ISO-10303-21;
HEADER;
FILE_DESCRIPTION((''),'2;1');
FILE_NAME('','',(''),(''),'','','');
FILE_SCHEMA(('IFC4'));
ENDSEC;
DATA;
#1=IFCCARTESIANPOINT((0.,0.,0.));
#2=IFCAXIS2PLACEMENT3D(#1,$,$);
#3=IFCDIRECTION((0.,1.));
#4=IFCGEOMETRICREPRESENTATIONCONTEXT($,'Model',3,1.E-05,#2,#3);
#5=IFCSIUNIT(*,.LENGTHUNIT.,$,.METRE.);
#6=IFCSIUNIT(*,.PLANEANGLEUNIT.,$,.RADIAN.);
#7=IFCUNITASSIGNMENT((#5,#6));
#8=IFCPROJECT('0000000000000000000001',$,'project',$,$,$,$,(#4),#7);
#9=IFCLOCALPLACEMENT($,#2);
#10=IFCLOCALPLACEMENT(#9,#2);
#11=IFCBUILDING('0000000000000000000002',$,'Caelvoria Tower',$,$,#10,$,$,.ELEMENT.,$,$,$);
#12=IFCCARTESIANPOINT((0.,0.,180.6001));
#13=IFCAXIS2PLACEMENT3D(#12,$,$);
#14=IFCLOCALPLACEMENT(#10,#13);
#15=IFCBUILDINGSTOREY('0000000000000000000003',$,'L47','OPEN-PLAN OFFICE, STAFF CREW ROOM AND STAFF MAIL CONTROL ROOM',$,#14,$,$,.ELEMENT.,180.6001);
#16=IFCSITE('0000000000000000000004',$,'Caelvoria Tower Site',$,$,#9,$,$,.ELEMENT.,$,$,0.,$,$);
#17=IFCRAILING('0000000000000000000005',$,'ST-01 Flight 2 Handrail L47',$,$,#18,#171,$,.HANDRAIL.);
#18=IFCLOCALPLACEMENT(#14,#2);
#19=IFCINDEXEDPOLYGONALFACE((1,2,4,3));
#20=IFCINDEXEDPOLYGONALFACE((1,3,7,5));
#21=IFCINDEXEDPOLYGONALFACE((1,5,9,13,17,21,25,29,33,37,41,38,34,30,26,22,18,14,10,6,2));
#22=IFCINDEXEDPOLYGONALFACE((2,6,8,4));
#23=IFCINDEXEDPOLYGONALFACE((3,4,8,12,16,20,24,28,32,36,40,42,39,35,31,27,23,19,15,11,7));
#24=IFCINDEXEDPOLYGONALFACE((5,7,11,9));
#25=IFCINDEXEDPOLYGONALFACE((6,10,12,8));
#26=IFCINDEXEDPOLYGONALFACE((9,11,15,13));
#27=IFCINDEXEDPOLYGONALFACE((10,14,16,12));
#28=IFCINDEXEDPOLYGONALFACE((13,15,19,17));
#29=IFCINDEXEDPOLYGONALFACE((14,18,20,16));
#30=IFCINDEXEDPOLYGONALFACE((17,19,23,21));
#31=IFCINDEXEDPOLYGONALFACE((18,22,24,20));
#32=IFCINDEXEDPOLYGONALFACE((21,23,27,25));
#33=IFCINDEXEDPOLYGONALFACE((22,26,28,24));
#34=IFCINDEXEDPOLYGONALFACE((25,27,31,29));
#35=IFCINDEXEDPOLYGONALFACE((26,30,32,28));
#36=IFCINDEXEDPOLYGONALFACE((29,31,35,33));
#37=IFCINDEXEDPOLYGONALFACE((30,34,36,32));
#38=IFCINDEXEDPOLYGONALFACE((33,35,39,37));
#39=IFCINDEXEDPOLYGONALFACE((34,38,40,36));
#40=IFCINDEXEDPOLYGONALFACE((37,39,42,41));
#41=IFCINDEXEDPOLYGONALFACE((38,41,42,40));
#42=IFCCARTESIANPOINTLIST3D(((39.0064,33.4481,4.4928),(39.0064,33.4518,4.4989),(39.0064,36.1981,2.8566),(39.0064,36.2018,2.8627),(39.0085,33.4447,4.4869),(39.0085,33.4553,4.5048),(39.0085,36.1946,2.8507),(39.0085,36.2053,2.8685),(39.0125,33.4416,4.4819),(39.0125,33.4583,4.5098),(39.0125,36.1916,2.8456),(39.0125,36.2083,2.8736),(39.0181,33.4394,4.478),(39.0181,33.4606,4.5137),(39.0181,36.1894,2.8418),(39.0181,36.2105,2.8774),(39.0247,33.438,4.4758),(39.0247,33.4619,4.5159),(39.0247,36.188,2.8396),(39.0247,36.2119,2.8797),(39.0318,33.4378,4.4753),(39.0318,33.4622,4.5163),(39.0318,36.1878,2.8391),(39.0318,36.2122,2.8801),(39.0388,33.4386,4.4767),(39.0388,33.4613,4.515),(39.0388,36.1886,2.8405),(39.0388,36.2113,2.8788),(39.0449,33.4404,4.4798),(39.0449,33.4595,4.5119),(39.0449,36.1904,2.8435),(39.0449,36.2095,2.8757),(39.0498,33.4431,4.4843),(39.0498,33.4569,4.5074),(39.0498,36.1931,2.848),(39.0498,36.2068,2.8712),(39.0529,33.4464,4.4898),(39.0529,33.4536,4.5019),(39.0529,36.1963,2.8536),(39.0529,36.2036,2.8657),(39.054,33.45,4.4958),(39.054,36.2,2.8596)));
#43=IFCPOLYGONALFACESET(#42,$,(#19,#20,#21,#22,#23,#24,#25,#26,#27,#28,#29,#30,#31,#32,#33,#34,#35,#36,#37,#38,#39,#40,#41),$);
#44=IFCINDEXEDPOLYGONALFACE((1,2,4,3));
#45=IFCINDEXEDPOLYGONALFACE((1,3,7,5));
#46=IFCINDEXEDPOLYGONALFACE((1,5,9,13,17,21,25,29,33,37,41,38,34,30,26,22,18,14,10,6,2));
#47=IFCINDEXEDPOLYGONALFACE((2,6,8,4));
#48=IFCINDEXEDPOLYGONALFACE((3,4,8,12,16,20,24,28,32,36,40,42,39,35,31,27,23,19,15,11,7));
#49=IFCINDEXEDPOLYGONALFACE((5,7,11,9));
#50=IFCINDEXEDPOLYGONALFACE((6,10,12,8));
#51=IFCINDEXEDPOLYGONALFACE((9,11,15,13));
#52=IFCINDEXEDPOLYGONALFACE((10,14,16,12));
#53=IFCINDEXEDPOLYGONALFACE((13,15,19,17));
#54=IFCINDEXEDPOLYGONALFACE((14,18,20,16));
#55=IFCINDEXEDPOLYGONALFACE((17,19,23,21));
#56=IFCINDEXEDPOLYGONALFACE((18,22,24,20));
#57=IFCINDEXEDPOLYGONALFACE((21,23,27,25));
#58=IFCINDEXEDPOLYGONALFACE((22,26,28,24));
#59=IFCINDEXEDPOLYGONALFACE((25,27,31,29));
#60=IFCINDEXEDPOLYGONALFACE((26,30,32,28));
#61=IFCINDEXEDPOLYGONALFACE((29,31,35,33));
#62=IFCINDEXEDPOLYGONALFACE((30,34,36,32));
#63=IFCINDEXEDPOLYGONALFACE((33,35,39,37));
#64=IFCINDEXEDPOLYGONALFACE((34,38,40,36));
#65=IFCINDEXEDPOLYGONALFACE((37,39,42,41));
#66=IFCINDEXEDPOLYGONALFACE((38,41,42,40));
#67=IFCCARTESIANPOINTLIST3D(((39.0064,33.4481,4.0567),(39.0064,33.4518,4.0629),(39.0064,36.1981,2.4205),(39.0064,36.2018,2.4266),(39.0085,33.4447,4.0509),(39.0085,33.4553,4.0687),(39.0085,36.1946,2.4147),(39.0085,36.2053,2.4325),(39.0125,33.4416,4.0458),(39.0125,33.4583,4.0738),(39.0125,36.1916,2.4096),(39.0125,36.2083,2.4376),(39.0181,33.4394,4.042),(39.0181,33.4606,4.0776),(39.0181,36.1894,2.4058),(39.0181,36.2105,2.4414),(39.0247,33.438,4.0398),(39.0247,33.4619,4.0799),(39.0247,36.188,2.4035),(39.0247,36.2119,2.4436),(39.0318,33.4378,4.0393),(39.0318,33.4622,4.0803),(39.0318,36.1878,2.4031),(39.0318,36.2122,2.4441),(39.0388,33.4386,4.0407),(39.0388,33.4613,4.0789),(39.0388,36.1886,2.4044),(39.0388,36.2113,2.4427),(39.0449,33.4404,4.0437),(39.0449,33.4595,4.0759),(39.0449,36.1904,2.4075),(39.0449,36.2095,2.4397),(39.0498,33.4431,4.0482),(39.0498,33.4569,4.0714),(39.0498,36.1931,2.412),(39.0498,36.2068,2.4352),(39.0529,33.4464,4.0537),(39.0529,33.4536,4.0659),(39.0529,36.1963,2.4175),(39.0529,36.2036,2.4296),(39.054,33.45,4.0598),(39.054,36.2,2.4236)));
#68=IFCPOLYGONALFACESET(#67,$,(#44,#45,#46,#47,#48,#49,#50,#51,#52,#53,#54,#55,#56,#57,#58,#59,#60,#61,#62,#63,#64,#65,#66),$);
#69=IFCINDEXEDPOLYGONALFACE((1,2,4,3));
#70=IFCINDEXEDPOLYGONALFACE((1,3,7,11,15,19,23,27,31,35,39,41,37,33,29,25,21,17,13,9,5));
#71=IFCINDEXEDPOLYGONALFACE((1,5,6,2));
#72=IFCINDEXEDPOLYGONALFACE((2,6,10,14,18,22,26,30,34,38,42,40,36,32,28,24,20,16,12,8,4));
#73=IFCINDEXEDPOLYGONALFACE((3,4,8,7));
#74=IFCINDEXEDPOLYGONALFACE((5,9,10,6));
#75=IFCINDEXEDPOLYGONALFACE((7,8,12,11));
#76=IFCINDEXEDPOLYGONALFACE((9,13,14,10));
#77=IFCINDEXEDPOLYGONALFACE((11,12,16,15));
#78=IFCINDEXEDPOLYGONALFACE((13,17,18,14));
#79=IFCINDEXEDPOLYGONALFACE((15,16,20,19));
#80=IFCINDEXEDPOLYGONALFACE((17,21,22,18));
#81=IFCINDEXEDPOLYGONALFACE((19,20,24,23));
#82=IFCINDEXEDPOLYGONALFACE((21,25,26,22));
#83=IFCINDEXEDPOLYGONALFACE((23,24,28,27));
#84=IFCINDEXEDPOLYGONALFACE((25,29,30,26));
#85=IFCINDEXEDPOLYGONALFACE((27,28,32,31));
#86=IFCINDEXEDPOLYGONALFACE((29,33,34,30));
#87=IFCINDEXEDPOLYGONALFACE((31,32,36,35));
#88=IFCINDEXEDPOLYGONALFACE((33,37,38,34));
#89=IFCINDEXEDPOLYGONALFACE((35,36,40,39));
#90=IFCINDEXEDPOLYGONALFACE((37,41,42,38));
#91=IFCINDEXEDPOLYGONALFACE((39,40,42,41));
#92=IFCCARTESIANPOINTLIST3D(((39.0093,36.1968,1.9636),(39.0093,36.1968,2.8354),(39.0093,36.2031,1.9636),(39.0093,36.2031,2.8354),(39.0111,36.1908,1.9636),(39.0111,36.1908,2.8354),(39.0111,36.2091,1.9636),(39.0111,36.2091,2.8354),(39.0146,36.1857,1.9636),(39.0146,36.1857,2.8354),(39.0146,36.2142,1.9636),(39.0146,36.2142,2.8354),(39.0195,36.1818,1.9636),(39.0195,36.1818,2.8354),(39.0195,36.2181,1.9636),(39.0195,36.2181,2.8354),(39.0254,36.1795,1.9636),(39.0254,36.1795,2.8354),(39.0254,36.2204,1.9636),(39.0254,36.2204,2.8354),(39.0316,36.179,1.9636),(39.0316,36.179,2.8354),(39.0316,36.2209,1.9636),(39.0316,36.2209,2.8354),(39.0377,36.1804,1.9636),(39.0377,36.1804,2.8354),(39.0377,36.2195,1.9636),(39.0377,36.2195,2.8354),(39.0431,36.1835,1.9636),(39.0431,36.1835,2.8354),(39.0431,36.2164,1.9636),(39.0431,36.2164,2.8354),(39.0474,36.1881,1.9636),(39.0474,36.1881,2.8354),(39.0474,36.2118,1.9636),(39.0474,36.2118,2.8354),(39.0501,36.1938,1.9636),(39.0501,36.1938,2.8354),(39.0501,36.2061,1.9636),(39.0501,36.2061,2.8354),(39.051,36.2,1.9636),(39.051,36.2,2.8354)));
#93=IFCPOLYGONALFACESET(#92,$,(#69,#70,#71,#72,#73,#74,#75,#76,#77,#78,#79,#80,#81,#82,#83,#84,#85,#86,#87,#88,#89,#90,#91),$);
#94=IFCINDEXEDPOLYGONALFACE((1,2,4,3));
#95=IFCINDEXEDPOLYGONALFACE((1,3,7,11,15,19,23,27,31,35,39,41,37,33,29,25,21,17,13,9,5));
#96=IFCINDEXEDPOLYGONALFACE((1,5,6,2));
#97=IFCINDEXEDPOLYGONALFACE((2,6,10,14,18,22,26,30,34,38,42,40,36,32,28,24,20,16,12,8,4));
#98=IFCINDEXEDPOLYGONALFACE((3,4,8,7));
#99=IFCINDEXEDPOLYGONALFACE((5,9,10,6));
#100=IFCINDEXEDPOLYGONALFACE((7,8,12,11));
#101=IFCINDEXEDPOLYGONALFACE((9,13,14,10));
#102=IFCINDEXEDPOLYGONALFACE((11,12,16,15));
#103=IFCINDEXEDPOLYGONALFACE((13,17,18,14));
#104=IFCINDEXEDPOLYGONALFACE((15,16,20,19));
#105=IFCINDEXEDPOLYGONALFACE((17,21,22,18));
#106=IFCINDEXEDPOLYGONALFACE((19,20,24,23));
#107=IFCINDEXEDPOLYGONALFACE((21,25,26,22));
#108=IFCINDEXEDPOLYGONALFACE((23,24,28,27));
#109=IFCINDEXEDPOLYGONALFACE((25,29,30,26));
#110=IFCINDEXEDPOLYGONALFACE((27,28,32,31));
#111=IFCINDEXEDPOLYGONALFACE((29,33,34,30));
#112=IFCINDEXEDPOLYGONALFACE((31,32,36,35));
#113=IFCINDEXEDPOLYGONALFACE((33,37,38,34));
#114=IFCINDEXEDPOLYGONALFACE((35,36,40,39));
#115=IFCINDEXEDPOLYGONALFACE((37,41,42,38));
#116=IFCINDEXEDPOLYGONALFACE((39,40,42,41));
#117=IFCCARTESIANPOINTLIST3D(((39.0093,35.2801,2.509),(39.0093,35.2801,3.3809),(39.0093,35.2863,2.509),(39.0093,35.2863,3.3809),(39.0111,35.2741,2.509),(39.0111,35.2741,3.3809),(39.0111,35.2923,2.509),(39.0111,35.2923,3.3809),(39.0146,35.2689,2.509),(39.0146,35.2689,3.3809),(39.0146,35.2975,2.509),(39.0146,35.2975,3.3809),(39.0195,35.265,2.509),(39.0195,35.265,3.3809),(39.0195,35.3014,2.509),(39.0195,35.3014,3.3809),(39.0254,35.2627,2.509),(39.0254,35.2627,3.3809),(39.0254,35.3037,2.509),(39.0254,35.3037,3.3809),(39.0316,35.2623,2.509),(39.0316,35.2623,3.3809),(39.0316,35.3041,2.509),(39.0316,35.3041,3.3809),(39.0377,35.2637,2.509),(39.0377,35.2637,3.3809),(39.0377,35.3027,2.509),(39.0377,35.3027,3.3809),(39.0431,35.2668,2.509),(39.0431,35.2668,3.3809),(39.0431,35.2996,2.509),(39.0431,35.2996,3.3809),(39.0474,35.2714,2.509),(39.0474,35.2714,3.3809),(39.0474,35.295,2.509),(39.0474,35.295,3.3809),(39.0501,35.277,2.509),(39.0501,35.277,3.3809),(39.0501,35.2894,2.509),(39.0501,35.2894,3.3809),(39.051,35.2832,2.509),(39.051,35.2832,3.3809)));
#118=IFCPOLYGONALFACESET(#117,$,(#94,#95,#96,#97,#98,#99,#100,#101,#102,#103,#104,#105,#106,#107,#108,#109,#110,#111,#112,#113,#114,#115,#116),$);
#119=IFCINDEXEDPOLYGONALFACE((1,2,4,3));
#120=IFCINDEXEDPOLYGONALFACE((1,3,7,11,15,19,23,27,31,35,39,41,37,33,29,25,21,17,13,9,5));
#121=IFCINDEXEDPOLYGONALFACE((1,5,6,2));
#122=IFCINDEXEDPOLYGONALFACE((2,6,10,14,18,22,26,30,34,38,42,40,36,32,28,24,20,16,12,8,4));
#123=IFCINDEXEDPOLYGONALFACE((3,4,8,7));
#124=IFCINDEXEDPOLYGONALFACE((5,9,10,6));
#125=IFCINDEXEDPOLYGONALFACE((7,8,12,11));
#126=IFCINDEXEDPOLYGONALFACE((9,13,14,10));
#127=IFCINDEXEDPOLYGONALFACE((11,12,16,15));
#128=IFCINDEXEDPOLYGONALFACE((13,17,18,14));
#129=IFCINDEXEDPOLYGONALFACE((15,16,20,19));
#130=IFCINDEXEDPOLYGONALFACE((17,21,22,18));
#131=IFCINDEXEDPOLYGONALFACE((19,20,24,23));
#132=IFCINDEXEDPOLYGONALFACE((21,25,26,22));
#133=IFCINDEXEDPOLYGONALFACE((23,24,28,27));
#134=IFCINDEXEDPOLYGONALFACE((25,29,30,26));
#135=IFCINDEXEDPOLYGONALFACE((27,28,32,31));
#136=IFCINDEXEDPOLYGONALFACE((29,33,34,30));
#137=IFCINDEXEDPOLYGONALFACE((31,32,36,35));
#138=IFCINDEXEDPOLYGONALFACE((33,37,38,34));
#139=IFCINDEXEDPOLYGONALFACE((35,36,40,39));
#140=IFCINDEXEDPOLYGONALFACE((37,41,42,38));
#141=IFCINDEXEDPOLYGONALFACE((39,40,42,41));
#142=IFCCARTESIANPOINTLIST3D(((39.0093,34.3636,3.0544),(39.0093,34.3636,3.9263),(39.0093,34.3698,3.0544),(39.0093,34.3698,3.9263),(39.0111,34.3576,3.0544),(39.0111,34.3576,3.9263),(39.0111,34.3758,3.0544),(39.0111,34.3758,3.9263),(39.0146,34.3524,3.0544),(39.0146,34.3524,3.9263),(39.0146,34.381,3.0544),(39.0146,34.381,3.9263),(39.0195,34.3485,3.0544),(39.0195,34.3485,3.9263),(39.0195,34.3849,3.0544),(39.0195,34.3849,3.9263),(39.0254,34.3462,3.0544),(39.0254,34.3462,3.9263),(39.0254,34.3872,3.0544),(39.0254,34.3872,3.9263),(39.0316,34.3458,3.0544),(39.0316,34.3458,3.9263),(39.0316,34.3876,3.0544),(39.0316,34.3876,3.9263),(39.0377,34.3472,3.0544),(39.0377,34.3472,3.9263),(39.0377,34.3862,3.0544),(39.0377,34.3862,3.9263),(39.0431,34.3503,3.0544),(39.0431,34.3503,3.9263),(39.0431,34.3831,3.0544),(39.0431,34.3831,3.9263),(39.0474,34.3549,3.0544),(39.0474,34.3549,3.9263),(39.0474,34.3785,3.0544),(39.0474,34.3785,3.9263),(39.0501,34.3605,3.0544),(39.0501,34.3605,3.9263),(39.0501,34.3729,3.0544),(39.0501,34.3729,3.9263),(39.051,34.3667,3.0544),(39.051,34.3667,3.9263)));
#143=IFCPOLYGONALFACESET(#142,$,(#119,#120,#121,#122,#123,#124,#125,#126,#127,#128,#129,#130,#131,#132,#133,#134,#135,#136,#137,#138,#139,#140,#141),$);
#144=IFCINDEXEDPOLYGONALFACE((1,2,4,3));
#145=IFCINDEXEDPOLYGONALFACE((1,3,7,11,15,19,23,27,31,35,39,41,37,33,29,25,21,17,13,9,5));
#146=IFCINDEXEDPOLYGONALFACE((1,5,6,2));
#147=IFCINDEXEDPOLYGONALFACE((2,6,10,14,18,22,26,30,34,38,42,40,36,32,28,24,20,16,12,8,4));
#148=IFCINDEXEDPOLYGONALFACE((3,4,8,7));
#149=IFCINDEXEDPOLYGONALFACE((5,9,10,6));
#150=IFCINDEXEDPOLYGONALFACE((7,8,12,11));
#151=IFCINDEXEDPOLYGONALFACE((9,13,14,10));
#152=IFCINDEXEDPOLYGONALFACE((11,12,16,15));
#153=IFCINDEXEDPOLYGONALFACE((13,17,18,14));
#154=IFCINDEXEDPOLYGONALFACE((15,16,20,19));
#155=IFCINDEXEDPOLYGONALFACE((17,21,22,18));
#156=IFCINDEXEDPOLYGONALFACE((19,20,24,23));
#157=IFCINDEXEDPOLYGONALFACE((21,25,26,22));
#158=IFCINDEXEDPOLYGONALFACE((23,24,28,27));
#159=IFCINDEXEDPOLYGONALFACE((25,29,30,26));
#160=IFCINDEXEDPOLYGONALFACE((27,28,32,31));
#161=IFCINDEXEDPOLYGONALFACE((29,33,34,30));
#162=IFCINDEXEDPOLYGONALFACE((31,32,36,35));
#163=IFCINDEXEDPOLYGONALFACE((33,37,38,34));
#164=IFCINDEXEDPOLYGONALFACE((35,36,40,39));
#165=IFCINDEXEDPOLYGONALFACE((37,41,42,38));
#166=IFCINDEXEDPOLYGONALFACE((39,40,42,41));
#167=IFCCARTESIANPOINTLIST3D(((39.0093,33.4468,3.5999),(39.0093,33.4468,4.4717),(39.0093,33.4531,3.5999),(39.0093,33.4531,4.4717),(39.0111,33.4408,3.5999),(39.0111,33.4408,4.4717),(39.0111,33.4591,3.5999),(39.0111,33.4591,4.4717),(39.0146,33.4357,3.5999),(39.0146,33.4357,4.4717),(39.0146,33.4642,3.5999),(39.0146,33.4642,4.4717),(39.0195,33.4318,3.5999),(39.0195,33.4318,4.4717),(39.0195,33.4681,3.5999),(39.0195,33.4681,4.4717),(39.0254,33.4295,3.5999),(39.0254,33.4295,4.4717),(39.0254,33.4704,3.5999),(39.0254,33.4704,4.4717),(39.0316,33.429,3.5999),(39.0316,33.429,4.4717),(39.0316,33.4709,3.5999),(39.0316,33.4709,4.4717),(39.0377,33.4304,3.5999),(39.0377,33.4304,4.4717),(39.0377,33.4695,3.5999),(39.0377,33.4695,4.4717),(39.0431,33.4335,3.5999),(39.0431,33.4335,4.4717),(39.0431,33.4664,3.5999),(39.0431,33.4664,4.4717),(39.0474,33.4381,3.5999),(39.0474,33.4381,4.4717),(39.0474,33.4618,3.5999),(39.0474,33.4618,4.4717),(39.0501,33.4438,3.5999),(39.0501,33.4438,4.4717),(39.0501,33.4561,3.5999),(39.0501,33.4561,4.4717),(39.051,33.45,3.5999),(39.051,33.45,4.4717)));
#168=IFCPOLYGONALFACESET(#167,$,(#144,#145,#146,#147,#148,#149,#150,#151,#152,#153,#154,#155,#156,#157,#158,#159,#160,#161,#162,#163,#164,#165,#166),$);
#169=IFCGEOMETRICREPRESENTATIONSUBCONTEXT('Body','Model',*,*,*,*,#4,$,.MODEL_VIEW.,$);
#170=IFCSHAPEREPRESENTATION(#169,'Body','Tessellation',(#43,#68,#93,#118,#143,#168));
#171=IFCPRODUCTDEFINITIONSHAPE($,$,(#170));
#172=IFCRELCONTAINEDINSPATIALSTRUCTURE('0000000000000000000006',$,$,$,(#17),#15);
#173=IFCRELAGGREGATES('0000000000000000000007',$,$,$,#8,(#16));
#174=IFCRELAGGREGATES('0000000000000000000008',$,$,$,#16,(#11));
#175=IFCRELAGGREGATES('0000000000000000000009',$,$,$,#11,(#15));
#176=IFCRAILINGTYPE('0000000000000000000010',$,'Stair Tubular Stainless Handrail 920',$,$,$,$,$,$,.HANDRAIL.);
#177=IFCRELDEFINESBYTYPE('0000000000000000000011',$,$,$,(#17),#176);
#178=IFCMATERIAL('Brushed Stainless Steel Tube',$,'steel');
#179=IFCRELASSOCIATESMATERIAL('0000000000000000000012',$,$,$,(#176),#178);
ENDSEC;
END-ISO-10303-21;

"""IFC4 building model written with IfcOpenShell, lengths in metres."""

from ifc_helpers import new_model, si_unit, direction, frame, origin, origin_2d, place, context, subcontext, project, spatial, circle, extrude, material, type_object, element, save


model = new_model("IFC4")

# Units and contexts
model_context = context("Model", 3, precision=1e-05, world=origin(), true_north=direction((0.0, 1.0)))
body_context = subcontext(model_context, "Body", "Model", "MODEL_VIEW")
ifc_project = project(units=[si_unit("LENGTHUNIT", "METRE"), si_unit("PLANEANGLEUNIT", "RADIAN")], contexts=[model_context])

# Site, building, storey
site_placement = place(None, origin())
site = spatial("IfcSite", under=ifc_project, at=site_placement, Name="Caelvoria Tower Site", CompositionType="ELEMENT", RefElevation=0.0)
building_placement = place(site_placement, origin())
building = spatial("IfcBuilding", under=site, at=building_placement, Name="Caelvoria Tower", CompositionType="ELEMENT")
storey_placement = place(building_placement, frame((0.0, 0.0, 180.6001)))
storey = spatial("IfcBuildingStorey", under=building, at=storey_placement, Name="L47", Description="OPEN-PLAN OFFICE, STAFF CREW ROOM AND STAFF MAIL CONTROL ROOM", CompositionType="ELEMENT", Elevation=180.6001)

# Railing
ifc_material_1 = material(Name="Brushed Stainless Steel Tube", Category="steel")
railing_type_1 = type_object("IfcRailingType", Name="Stair Tubular Stainless Handrail 920", PredefinedType="HANDRAIL", material=ifc_material_1)
railing_1_placement = place(storey_placement, frame((39.03, 36.2, 1.9636)))
element("IfcRailing", 1, at=railing_1_placement, inside=storey, type_object=railing_type_1, Name="ST-01 Flight 2 Handrail L47", PredefinedType="HANDRAIL", context=body_context, shape_type="SweptSolid", body=[
    extrude(circle(Radius=0.0239, at=origin_2d()), frame((0.0, 0.0, 0.896), z_axis=(0.0, -0.859385, 0.511328), x_axis=(1.0, 0.0, 0.0)), (0.0, 0.0, 1.0), 3.2),
    extrude(circle(Radius=0.0239, at=origin_2d()), frame((0.0, 0.0, 0.46), z_axis=(0.0, -0.859385, 0.511328), x_axis=(1.0, 0.0, 0.0)), (0.0, 0.0, 1.0), 3.2),
    extrude(circle(Radius=0.021, at=origin_2d()), origin(), (0.0, 0.0, 1.0), 0.8718),
    extrude(circle(Radius=0.021, at=origin_2d()), frame((0.0, -0.9167, 0.5454)), (0.0, 0.0, 1.0), 0.8718),
    extrude(circle(Radius=0.021, at=origin_2d()), frame((0.0, -1.8333, 1.0908)), (0.0, 0.0, 1.0), 0.8718),
    extrude(circle(Radius=0.021, at=origin_2d()), frame((0.0, -2.75, 1.6362)), (0.0, 0.0, 1.0), 0.8718),
])

save(model, "model.ifc")
